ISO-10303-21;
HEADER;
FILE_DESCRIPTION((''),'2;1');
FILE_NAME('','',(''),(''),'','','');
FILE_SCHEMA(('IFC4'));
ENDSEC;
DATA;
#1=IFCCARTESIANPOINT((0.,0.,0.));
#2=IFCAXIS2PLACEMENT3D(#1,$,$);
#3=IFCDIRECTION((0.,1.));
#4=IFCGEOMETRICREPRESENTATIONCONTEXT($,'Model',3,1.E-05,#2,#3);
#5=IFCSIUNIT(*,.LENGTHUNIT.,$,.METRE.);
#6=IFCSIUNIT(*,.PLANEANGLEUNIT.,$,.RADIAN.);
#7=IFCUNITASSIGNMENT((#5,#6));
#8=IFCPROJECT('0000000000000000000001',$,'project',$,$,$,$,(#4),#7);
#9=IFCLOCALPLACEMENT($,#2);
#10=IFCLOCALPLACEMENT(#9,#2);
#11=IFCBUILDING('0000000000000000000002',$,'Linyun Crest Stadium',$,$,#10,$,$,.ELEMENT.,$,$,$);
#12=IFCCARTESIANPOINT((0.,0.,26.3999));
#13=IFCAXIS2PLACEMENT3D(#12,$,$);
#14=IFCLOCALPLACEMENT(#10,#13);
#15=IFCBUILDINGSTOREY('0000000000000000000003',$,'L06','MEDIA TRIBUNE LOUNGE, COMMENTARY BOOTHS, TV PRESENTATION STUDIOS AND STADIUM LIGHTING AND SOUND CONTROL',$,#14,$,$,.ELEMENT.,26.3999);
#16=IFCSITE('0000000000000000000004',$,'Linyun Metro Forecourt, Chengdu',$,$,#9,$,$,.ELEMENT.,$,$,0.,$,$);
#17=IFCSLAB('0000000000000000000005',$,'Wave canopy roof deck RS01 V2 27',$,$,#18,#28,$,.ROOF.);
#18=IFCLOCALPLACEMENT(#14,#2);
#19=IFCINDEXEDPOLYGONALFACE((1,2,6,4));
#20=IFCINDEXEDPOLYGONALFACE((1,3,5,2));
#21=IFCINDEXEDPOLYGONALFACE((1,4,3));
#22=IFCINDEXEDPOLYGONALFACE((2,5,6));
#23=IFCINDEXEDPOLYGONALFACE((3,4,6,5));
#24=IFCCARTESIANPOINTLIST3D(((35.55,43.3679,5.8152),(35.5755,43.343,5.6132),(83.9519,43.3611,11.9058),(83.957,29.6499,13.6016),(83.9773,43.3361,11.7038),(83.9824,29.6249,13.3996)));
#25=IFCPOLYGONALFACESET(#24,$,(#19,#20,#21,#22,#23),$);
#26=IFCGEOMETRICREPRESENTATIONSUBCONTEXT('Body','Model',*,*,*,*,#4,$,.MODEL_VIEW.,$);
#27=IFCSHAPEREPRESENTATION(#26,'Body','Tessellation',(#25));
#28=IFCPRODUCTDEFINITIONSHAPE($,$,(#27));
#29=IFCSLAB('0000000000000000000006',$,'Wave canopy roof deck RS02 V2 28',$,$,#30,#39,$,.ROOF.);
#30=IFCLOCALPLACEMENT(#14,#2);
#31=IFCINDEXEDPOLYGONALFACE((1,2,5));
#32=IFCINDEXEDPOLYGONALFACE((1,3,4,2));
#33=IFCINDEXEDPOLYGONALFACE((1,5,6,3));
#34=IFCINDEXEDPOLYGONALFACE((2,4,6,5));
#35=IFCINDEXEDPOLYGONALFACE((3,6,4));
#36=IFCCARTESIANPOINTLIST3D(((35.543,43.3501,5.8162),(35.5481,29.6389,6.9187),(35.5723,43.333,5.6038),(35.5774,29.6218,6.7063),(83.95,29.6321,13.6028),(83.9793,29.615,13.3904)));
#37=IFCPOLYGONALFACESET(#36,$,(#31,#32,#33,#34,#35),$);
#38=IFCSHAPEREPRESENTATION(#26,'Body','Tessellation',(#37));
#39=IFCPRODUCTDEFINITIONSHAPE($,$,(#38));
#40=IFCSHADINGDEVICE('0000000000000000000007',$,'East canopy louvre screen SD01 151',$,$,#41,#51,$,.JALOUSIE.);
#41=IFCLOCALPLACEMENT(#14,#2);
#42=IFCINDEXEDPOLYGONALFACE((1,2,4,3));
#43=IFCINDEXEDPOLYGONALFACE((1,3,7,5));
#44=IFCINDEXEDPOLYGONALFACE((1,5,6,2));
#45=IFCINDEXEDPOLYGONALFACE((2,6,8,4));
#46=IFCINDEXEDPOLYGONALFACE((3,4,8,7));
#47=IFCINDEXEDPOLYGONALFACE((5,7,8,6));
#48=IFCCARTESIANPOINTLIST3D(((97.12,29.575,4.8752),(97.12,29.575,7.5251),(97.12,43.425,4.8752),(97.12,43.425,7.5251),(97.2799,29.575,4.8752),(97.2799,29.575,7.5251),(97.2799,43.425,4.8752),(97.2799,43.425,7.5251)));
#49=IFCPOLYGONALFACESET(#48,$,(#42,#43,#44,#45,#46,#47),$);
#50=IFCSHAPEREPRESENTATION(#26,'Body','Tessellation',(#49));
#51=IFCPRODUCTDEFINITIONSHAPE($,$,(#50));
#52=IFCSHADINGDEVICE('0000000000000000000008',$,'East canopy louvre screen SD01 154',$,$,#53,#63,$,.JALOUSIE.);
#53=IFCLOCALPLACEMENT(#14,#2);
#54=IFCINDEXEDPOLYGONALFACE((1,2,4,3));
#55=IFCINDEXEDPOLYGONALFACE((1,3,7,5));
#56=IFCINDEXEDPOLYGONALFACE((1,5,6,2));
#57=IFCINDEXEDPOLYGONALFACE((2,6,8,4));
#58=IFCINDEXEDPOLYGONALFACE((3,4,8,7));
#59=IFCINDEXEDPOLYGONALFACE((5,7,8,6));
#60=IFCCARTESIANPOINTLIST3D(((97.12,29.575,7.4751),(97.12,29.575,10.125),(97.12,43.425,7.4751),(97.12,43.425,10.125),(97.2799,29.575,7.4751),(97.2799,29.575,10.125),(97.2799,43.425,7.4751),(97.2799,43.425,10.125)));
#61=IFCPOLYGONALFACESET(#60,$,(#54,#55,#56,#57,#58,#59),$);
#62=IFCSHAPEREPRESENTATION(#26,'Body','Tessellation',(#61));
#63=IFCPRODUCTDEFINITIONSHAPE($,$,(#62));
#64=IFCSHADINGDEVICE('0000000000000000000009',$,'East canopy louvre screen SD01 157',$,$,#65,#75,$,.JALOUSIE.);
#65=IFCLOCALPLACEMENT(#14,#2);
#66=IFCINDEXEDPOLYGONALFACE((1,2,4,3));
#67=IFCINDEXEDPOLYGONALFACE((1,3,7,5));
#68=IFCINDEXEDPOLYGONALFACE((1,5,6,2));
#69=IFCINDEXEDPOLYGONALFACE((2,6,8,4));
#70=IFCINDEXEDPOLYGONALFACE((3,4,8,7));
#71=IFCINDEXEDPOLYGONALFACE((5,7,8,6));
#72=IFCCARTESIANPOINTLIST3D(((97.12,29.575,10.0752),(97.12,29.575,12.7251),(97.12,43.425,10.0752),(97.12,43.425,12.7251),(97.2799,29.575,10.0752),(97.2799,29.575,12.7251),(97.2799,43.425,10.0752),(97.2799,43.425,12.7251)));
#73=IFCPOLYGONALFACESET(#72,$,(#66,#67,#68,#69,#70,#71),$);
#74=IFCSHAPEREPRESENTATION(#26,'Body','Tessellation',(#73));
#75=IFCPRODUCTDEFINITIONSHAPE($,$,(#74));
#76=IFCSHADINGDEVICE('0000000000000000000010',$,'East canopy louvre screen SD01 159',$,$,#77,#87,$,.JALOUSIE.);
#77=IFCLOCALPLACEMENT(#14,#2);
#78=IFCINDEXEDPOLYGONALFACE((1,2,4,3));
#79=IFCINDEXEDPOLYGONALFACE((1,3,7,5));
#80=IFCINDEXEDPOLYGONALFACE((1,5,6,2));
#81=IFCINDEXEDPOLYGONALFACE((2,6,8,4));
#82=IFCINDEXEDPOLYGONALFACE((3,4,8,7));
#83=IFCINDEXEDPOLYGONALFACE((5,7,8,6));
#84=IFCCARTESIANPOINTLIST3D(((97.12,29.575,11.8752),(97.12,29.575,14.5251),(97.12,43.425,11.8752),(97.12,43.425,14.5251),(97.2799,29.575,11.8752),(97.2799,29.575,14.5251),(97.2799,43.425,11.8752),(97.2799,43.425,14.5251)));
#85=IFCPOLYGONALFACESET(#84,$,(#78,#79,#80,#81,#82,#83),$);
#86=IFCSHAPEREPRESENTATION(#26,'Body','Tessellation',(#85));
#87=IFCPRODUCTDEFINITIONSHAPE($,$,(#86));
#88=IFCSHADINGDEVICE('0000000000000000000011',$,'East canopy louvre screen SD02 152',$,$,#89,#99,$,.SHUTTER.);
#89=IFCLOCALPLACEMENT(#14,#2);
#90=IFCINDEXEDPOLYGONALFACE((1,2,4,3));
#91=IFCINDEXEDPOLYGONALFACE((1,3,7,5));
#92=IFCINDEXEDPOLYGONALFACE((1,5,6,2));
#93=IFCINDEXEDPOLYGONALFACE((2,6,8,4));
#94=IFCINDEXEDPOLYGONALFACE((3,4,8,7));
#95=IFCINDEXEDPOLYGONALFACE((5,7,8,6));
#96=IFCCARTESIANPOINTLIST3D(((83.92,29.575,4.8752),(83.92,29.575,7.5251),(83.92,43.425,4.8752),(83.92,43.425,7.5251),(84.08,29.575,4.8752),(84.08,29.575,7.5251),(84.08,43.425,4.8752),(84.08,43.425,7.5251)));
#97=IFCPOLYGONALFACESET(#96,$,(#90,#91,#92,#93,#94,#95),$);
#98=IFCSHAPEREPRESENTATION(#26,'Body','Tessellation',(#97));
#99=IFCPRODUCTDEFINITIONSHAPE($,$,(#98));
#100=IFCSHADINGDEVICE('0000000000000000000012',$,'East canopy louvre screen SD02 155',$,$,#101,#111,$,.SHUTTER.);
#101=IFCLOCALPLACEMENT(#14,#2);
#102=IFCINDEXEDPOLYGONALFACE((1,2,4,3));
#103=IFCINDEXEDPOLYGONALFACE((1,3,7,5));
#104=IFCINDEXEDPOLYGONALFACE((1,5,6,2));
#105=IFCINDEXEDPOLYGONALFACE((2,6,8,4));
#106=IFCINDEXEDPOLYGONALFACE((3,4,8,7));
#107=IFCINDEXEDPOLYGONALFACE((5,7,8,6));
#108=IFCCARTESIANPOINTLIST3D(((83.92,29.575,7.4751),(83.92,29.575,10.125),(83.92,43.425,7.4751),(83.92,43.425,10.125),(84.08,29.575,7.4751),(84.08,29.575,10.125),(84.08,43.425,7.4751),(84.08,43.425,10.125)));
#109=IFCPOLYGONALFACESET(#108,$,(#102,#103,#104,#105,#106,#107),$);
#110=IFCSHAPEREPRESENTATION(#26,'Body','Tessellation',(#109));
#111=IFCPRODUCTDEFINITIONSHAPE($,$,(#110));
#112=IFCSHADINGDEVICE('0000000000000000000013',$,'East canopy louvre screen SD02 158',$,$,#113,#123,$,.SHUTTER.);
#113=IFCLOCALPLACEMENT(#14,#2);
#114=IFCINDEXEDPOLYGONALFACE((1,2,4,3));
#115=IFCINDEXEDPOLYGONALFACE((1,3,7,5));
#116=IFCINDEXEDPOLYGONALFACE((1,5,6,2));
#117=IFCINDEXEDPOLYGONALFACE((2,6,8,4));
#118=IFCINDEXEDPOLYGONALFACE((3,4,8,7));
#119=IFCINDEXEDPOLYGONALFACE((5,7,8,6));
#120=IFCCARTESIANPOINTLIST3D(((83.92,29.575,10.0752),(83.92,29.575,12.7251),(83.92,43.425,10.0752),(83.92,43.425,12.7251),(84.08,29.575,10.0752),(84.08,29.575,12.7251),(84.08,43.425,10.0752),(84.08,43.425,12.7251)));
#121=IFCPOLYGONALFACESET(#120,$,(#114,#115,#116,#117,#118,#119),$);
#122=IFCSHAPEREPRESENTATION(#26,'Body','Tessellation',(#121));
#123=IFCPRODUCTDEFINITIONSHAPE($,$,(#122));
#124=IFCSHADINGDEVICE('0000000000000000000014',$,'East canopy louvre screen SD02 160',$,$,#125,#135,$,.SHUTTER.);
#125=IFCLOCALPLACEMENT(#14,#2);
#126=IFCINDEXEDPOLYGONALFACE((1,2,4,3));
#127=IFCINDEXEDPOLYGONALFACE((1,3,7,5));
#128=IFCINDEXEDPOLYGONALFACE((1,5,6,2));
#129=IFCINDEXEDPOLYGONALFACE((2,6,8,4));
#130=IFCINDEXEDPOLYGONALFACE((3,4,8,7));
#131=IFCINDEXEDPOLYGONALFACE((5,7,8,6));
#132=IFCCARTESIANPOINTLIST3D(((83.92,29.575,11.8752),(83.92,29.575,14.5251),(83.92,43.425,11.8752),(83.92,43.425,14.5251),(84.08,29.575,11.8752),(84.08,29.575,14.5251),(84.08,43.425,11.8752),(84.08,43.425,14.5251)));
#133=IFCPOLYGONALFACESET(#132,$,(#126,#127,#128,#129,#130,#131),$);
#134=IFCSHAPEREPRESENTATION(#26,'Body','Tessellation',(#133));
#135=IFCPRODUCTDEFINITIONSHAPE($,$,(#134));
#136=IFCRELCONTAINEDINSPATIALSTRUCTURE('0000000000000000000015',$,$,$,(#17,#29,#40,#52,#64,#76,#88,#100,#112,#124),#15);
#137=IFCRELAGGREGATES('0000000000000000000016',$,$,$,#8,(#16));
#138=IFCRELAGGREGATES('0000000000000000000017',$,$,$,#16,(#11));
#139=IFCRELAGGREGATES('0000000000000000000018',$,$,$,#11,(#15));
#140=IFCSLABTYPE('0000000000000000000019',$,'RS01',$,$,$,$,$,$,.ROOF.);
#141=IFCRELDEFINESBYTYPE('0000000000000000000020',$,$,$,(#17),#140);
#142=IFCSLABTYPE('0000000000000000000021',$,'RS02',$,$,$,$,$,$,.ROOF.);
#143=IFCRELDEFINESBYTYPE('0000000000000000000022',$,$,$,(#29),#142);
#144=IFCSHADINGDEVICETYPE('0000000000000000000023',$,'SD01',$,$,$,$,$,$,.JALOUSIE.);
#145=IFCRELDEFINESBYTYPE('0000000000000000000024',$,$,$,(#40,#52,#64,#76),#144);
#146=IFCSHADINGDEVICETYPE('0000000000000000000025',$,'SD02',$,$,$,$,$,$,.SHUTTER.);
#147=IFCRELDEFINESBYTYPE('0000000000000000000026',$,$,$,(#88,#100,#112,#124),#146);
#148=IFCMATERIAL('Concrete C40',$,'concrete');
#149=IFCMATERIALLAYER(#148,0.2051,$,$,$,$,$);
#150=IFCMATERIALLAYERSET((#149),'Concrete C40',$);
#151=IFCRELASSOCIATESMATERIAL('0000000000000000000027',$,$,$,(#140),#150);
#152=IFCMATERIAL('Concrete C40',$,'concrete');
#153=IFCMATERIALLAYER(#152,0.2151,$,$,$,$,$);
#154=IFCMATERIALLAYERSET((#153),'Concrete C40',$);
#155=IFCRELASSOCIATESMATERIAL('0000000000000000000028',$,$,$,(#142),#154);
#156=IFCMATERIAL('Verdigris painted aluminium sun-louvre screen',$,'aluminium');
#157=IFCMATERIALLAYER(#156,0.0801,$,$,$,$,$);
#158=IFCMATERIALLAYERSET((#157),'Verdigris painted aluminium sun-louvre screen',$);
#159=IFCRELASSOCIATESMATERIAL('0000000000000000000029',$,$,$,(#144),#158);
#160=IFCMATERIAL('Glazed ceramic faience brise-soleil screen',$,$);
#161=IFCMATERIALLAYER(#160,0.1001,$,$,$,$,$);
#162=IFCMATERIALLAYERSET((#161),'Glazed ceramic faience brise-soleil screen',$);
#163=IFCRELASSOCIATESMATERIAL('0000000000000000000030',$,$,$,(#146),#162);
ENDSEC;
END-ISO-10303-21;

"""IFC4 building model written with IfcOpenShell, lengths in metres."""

from ifc_helpers import new_model, si_unit, direction, frame, origin, origin_2d, place, context, subcontext, project, spatial, polyline, rectangle, outline, extrude, material, layer, layer_set, type_object, element, save


model = new_model("IFC4")

# Units and contexts
model_context = context("Model", 3, precision=1e-05, world=origin(), true_north=direction((0.0, 1.0)))
body_context = subcontext(model_context, "Body", "Model", "MODEL_VIEW")
ifc_project = project(units=[si_unit("LENGTHUNIT", "METRE"), si_unit("PLANEANGLEUNIT", "RADIAN")], contexts=[model_context])

# Site, building, storey
site_placement = place(None, origin())
site = spatial("IfcSite", under=ifc_project, at=site_placement, Name="Linyun Metro Forecourt, Chengdu", CompositionType="ELEMENT", RefElevation=0.0)
building_placement = place(site_placement, origin())
building = spatial("IfcBuilding", under=site, at=building_placement, Name="Linyun Crest Stadium", CompositionType="ELEMENT")
storey_placement = place(building_placement, frame((0.0, 0.0, 26.3999)))
storey = spatial("IfcBuildingStorey", under=building, at=storey_placement, Name="L06", Description="MEDIA TRIBUNE LOUNGE, COMMENTARY BOOTHS, TV PRESENTATION STUDIOS AND STADIUM LIGHTING AND SOUND CONTROL", CompositionType="ELEMENT", Elevation=26.3999)

# Slabs
ifc_material_1 = material(Name="Concrete C40", Category="concrete")
ifc_layer_1 = layer(ifc_material_1, 0.2051)
ifc_layer_set_1 = layer_set([ifc_layer_1], Name="Concrete C40")
slab_type_1 = type_object("IfcSlabType", Name="RS01", PredefinedType="ROOF", material=ifc_layer_set_1)
slab_1_placement = place(storey_placement, frame((83.957, 29.6499, 13.6016), z_axis=(-0.123903, 0.121753, 0.984796), x_axis=(-0.000371, 0.992438, -0.122745)))
element("IfcSlab", 1, at=slab_1_placement, inside=storey, type_object=slab_type_1, Name="Wave canopy roof deck RS01 V2 27", PredefinedType="ROOF", context=body_context, shape_type="SweptSolid", body=[
    extrude(outline(polyline([(0.0, 0.0), (13.8157, 0.0), (14.588, 48.7774), (0.0, 0.0)])), origin(), (0.0, 0.0, -1.0), 0.2051),
])
ifc_material_2 = material(Name="Concrete C40", Category="concrete")
ifc_layer_2 = layer(ifc_material_2, 0.2151)
ifc_layer_set_2 = layer_set([ifc_layer_2], Name="Concrete C40")
slab_type_2 = type_object("IfcSlabType", Name="RS02", PredefinedType="ROOF", material=ifc_layer_set_2)
slab_2_placement = place(storey_placement, frame((83.95, 29.6321, 13.6028), z_axis=(-0.136355, 0.079354, 0.987477), x_axis=(-0.950794, 0.269445, -0.152942)))
element("IfcSlab", 2, at=slab_2_placement, inside=storey, type_object=slab_type_2, Name="Wave canopy roof deck RS02 V2 28", PredefinedType="ROOF", context=body_context, shape_type="SweptSolid", body=[
    extrude(outline(polyline([(0.0, 0.0), (50.9122, 0.0), (47.0443, 13.2004), (0.0, 0.0)])), origin(), (0.0, 0.0, -1.0), 0.2151),
])

# Shading devices
ifc_material_3 = material(Name="Verdigris painted aluminium sun-louvre screen", Category="aluminium")
ifc_layer_3 = layer(ifc_material_3, 0.0801)
ifc_layer_set_3 = layer_set([ifc_layer_3], Name="Verdigris painted aluminium sun-louvre screen")
shading_device_type_1 = type_object("IfcShadingDeviceType", Name="SD01", PredefinedType="JALOUSIE", material=ifc_layer_set_3)
for number, where, z_axis, x_axis, name in (
    (3, (97.2, 36.5, 4.8752), (0.0, 0.0, 1.0), (1.0, 0.0, 0.0), "East canopy louvre screen SD01 151"),
    (4, (97.2, 36.5, 7.4751), (0.0, 0.0, 1.0), (1.0, 0.0, 0.0), "East canopy louvre screen SD01 154"),
    (5, (97.2, 36.5, 10.0752), (0.0, 0.0, 1.0), (1.0, 0.0, 0.0), "East canopy louvre screen SD01 157"),
    (6, (97.2, 36.5, 11.8752), (0.0, 0.0, 1.0), (1.0, 0.0, 0.0), "East canopy louvre screen SD01 159"),
):
    element("IfcShadingDevice", number, at=place(storey_placement, frame(where, z_axis=z_axis, x_axis=x_axis)), inside=storey, type_object=shading_device_type_1, Name=name, PredefinedType="JALOUSIE", context=body_context, shape_type="SweptSolid", body=[
        extrude(rectangle(XDim=0.1599, YDim=13.8501, at=origin_2d()), origin(), (0.0, 0.0, 1.0), 2.6499),
    ])
ifc_material_4 = material(Name="Glazed ceramic faience brise-soleil screen")
ifc_layer_4 = layer(ifc_material_4, 0.1001)
ifc_layer_set_4 = layer_set([ifc_layer_4], Name="Glazed ceramic faience brise-soleil screen")
shading_device_type_2 = type_object("IfcShadingDeviceType", Name="SD02", PredefinedType="SHUTTER", material=ifc_layer_set_4)
for number, where, z_axis, x_axis, name in (
    (7, (84.0, 36.5, 4.8752), (0.0, 0.0, 1.0), (1.0, 0.0, 0.0), "East canopy louvre screen SD02 152"),
    (8, (84.0, 36.5, 7.4751), (0.0, 0.0, 1.0), (1.0, 0.0, 0.0), "East canopy louvre screen SD02 155"),
    (9, (84.0, 36.5, 10.0752), (0.0, 0.0, 1.0), (1.0, 0.0, 0.0), "East canopy louvre screen SD02 158"),
    (10, (84.0, 36.5, 11.8752), (0.0, 0.0, 1.0), (1.0, 0.0, 0.0), "East canopy louvre screen SD02 160"),
):
    element("IfcShadingDevice", number, at=place(storey_placement, frame(where, z_axis=z_axis, x_axis=x_axis)), inside=storey, type_object=shading_device_type_2, Name=name, PredefinedType="SHUTTER", context=body_context, shape_type="SweptSolid", body=[
        extrude(rectangle(XDim=0.1599, YDim=13.8501, at=origin_2d()), origin(), (0.0, 0.0, 1.0), 2.6499),
    ])

save(model, "model.ifc")
